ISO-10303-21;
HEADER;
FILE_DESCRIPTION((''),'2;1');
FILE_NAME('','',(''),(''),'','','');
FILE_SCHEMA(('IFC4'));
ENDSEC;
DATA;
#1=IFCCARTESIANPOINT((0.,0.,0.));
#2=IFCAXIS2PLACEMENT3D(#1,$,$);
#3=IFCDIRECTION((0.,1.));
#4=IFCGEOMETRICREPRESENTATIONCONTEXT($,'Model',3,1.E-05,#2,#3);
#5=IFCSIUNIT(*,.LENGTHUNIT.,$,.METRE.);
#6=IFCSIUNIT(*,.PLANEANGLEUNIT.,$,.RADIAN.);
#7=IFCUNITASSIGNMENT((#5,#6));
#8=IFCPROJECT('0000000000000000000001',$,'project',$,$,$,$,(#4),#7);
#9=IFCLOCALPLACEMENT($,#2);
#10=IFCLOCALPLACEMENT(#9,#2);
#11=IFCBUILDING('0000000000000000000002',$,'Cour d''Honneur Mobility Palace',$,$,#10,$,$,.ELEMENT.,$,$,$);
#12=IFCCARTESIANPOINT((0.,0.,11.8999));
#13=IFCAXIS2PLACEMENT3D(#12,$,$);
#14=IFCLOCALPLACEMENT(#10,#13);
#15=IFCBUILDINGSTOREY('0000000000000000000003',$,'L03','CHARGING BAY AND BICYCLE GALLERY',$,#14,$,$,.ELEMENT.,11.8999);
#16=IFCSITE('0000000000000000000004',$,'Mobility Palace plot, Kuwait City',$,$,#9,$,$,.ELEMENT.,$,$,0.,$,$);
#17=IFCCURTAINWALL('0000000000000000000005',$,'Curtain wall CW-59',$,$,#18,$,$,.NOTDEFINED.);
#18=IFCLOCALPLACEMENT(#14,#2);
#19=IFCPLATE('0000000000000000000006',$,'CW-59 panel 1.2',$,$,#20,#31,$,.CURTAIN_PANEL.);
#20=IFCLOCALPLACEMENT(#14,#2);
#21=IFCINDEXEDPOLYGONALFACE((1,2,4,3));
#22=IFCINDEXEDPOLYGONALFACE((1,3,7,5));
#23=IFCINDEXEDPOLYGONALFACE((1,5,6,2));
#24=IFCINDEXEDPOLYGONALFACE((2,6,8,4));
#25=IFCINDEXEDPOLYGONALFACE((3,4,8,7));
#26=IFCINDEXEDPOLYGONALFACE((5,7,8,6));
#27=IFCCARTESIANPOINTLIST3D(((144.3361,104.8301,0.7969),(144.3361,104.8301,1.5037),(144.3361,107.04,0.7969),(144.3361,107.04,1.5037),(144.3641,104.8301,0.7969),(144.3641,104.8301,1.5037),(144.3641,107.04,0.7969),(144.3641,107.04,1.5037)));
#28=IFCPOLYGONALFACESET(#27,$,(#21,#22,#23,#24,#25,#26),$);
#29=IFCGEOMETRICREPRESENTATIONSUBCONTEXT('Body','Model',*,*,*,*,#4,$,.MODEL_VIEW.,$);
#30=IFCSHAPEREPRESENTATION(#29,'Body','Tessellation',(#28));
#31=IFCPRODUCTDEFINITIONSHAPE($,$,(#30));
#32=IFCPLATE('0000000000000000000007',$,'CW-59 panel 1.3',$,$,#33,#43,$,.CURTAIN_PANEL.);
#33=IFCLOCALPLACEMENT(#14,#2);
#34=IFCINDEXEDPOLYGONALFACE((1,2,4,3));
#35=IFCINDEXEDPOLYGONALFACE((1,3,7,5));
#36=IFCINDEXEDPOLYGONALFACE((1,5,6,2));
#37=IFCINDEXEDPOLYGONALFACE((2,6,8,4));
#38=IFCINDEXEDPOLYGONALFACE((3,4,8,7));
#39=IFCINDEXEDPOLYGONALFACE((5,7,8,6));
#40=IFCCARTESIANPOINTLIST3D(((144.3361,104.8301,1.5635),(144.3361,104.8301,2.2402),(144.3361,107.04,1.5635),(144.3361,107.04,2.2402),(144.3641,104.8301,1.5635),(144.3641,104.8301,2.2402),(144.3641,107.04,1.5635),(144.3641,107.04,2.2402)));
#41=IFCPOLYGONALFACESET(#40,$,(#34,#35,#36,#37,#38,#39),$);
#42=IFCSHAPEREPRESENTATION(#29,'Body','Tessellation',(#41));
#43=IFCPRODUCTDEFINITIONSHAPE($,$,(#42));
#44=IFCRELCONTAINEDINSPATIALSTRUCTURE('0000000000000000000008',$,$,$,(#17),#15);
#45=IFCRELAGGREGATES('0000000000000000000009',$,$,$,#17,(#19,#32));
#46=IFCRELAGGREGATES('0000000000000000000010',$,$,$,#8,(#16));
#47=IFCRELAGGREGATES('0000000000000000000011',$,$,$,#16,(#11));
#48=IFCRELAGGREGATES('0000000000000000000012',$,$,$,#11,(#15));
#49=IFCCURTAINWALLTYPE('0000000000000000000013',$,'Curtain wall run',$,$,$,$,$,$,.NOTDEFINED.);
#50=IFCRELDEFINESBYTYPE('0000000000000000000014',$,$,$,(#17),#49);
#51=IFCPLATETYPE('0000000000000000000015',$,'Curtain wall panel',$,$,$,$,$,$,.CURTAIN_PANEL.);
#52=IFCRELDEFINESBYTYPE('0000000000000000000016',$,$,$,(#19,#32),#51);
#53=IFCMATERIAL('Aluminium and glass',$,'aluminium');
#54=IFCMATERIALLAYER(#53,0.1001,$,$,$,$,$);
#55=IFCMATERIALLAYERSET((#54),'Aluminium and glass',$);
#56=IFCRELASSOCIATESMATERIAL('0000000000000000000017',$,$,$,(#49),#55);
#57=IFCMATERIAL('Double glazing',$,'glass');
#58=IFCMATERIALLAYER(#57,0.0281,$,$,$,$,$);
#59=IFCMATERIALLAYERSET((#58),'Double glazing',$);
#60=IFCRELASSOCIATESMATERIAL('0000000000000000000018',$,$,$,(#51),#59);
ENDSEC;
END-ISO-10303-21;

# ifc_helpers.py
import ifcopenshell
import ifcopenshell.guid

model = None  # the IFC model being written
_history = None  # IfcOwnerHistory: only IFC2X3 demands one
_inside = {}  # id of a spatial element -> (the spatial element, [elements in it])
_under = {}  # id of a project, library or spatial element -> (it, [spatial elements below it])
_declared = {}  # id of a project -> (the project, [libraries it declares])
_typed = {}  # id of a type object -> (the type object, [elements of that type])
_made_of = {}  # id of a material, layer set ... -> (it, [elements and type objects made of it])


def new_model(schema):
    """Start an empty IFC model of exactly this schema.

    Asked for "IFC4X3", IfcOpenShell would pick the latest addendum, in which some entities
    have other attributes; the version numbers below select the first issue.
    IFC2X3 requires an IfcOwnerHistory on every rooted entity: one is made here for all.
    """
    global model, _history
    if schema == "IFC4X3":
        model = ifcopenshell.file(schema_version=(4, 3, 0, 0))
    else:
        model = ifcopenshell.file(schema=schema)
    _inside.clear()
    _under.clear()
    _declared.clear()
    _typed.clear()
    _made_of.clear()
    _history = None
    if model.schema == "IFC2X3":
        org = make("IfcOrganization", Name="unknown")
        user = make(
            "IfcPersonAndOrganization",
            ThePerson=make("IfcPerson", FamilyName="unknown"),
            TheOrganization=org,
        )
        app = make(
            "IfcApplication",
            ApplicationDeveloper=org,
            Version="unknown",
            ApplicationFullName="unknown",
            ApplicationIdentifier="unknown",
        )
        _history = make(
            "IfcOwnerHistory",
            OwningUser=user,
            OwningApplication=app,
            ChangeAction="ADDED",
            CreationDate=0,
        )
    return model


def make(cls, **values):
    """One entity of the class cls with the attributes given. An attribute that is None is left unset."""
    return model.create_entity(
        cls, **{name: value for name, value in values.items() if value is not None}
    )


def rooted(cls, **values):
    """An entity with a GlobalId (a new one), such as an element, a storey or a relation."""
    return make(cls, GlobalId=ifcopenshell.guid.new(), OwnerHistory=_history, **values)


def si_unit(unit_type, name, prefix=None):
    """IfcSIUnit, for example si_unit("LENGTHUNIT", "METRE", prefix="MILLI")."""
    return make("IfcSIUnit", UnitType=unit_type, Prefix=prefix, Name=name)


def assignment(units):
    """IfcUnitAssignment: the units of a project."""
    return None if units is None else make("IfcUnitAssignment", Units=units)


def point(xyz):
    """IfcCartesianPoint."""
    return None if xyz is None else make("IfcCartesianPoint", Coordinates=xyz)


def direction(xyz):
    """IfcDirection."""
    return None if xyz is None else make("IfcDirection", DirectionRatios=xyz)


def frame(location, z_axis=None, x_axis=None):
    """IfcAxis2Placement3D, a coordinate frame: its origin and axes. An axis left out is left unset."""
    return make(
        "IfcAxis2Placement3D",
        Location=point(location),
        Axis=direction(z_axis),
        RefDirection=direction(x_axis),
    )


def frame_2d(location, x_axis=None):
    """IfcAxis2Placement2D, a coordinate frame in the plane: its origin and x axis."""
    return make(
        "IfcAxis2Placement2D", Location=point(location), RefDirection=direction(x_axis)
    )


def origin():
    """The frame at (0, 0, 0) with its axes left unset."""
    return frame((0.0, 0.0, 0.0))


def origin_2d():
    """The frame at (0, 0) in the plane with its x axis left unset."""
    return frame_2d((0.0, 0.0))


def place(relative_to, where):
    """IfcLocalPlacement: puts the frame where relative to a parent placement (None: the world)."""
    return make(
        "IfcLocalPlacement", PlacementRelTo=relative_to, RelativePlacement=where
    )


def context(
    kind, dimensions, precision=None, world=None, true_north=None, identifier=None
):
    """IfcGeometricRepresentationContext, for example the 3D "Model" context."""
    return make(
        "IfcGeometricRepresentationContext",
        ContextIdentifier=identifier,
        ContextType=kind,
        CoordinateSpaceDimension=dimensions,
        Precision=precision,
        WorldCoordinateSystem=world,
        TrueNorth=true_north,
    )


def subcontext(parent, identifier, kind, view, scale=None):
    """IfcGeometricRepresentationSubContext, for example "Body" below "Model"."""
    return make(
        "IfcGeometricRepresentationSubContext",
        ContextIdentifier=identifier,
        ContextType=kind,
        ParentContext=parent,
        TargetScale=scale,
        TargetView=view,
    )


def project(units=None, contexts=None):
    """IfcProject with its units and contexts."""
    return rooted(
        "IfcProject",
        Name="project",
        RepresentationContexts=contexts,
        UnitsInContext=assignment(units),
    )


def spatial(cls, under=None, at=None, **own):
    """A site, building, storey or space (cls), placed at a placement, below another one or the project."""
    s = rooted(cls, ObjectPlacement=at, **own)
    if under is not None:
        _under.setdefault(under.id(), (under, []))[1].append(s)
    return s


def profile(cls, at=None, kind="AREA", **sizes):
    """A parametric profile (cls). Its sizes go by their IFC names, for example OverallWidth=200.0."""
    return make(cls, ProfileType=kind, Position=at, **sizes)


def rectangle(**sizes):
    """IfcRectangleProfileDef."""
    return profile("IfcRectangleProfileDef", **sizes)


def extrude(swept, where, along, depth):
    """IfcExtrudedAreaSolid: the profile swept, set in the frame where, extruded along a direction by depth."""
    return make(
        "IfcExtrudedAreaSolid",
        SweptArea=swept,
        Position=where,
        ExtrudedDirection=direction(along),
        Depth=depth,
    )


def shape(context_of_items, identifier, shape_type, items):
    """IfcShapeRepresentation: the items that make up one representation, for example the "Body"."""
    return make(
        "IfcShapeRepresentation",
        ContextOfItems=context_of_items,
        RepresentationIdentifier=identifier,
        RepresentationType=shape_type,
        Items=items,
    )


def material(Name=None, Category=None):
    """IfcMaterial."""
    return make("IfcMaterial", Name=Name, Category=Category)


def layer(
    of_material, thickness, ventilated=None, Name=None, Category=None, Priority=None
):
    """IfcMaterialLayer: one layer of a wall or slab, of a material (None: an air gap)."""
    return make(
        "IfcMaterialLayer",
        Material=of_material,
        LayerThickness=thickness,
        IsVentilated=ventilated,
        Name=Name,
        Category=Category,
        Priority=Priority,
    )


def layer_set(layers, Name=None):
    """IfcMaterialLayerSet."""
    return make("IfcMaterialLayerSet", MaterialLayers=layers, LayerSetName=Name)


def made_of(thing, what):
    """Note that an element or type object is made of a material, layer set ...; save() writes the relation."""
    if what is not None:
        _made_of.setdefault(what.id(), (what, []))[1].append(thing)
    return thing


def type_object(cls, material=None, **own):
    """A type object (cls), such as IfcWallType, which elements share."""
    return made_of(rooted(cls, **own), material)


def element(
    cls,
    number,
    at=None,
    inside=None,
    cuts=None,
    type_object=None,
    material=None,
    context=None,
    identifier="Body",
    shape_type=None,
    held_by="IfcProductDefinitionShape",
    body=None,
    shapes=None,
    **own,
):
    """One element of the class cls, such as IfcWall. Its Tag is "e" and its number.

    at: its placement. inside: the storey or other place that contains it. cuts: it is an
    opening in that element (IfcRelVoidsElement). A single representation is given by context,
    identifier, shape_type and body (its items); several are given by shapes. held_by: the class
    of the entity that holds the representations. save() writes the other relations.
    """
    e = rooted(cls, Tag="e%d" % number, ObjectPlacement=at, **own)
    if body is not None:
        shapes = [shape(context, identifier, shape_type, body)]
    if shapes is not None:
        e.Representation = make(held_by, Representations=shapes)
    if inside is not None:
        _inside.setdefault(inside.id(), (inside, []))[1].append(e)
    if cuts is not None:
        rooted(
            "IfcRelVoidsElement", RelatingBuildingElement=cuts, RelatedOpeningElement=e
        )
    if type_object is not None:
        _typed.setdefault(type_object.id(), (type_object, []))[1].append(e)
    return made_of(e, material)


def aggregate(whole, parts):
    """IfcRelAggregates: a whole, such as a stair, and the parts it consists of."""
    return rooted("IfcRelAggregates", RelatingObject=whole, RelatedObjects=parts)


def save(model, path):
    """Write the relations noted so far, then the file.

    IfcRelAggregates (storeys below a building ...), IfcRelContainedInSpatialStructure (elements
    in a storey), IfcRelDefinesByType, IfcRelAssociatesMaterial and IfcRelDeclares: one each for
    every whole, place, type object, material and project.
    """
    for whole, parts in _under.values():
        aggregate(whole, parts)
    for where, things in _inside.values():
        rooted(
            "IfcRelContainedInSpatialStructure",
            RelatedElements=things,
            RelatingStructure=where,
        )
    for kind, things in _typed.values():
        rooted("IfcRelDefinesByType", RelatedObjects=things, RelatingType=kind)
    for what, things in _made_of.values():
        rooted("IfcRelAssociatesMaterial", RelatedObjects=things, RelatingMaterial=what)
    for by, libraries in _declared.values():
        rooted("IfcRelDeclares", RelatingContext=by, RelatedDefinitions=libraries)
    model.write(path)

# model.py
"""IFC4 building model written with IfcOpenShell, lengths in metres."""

from ifc_helpers import new_model, si_unit, direction, frame, origin, origin_2d, place, context, subcontext, project, spatial, rectangle, extrude, material, layer, layer_set, type_object, element, aggregate, save


model = new_model("IFC4")

# Units and contexts
model_context = context("Model", 3, precision=1e-05, world=origin(), true_north=direction((0.0, 1.0)))
body_context = subcontext(model_context, "Body", "Model", "MODEL_VIEW")
ifc_project = project(units=[si_unit("LENGTHUNIT", "METRE"), si_unit("PLANEANGLEUNIT", "RADIAN")], contexts=[model_context])

# Site, building, storey
site_placement = place(None, origin())
site = spatial("IfcSite", under=ifc_project, at=site_placement, Name="Mobility Palace plot, Kuwait City", CompositionType="ELEMENT", RefElevation=0.0)
building_placement = place(site_placement, origin())
building = spatial("IfcBuilding", under=site, at=building_placement, Name="Cour d'Honneur Mobility Palace", CompositionType="ELEMENT")
storey_placement = place(building_placement, frame((0.0, 0.0, 11.8999)))
storey = spatial("IfcBuildingStorey", under=building, at=storey_placement, Name="L03", Description="CHARGING BAY AND BICYCLE GALLERY", CompositionType="ELEMENT", Elevation=11.8999)

# Shared definitions
ifc_material_1 = material(Name="Aluminium and glass", Category="aluminium")
ifc_layer_1 = layer(ifc_material_1, 0.1001)
ifc_layer_set_1 = layer_set([ifc_layer_1], Name="Aluminium and glass")
curtain_wall_type = type_object("IfcCurtainWallType", Name="Curtain wall run", PredefinedType="NOTDEFINED", material=ifc_layer_set_1)

# Curtain wall
curtain_wall_1_placement = place(storey_placement, origin())
curtain_wall_1 = element("IfcCurtainWall", 1, at=curtain_wall_1_placement, inside=storey, type_object=curtain_wall_type, Name="Curtain wall CW-59", PredefinedType="NOTDEFINED")

# Plates
ifc_material_2 = material(Name="Double glazing", Category="glass")
ifc_layer_2 = layer(ifc_material_2, 0.0281)
ifc_layer_set_2 = layer_set([ifc_layer_2], Name="Double glazing")
plate_type = type_object("IfcPlateType", Name="Curtain wall panel", PredefinedType="CURTAIN_PANEL", material=ifc_layer_set_2)
plate_1_placement = place(storey_placement, frame((144.3501, 105.9351, 0.7969), z_axis=(0.0, 0.0, 1.0), x_axis=(0.0, -1.0, 0.0)))
plate_1 = element("IfcPlate", 2, at=plate_1_placement, type_object=plate_type, Name="CW-59 panel 1.2", PredefinedType="CURTAIN_PANEL", context=body_context, shape_type="SweptSolid", body=[
    extrude(rectangle(XDim=2.21, YDim=0.0281, at=origin_2d()), origin(), (0.0, 0.0, 1.0), 0.7068),
])
plate_2_placement = place(storey_placement, frame((144.3501, 105.9351, 1.5635), z_axis=(0.0, 0.0, 1.0), x_axis=(0.0, -1.0, 0.0)))
plate_2 = element("IfcPlate", 3, at=plate_2_placement, type_object=plate_type, Name="CW-59 panel 1.3", PredefinedType="CURTAIN_PANEL", context=body_context, shape_type="SweptSolid", body=[
    extrude(rectangle(XDim=2.21, YDim=0.0281, at=origin_2d()), origin(), (0.0, 0.0, 1.0), 0.6768),
])
aggregate(curtain_wall_1, [plate_1, plate_2])

save(model, "model.ifc")
